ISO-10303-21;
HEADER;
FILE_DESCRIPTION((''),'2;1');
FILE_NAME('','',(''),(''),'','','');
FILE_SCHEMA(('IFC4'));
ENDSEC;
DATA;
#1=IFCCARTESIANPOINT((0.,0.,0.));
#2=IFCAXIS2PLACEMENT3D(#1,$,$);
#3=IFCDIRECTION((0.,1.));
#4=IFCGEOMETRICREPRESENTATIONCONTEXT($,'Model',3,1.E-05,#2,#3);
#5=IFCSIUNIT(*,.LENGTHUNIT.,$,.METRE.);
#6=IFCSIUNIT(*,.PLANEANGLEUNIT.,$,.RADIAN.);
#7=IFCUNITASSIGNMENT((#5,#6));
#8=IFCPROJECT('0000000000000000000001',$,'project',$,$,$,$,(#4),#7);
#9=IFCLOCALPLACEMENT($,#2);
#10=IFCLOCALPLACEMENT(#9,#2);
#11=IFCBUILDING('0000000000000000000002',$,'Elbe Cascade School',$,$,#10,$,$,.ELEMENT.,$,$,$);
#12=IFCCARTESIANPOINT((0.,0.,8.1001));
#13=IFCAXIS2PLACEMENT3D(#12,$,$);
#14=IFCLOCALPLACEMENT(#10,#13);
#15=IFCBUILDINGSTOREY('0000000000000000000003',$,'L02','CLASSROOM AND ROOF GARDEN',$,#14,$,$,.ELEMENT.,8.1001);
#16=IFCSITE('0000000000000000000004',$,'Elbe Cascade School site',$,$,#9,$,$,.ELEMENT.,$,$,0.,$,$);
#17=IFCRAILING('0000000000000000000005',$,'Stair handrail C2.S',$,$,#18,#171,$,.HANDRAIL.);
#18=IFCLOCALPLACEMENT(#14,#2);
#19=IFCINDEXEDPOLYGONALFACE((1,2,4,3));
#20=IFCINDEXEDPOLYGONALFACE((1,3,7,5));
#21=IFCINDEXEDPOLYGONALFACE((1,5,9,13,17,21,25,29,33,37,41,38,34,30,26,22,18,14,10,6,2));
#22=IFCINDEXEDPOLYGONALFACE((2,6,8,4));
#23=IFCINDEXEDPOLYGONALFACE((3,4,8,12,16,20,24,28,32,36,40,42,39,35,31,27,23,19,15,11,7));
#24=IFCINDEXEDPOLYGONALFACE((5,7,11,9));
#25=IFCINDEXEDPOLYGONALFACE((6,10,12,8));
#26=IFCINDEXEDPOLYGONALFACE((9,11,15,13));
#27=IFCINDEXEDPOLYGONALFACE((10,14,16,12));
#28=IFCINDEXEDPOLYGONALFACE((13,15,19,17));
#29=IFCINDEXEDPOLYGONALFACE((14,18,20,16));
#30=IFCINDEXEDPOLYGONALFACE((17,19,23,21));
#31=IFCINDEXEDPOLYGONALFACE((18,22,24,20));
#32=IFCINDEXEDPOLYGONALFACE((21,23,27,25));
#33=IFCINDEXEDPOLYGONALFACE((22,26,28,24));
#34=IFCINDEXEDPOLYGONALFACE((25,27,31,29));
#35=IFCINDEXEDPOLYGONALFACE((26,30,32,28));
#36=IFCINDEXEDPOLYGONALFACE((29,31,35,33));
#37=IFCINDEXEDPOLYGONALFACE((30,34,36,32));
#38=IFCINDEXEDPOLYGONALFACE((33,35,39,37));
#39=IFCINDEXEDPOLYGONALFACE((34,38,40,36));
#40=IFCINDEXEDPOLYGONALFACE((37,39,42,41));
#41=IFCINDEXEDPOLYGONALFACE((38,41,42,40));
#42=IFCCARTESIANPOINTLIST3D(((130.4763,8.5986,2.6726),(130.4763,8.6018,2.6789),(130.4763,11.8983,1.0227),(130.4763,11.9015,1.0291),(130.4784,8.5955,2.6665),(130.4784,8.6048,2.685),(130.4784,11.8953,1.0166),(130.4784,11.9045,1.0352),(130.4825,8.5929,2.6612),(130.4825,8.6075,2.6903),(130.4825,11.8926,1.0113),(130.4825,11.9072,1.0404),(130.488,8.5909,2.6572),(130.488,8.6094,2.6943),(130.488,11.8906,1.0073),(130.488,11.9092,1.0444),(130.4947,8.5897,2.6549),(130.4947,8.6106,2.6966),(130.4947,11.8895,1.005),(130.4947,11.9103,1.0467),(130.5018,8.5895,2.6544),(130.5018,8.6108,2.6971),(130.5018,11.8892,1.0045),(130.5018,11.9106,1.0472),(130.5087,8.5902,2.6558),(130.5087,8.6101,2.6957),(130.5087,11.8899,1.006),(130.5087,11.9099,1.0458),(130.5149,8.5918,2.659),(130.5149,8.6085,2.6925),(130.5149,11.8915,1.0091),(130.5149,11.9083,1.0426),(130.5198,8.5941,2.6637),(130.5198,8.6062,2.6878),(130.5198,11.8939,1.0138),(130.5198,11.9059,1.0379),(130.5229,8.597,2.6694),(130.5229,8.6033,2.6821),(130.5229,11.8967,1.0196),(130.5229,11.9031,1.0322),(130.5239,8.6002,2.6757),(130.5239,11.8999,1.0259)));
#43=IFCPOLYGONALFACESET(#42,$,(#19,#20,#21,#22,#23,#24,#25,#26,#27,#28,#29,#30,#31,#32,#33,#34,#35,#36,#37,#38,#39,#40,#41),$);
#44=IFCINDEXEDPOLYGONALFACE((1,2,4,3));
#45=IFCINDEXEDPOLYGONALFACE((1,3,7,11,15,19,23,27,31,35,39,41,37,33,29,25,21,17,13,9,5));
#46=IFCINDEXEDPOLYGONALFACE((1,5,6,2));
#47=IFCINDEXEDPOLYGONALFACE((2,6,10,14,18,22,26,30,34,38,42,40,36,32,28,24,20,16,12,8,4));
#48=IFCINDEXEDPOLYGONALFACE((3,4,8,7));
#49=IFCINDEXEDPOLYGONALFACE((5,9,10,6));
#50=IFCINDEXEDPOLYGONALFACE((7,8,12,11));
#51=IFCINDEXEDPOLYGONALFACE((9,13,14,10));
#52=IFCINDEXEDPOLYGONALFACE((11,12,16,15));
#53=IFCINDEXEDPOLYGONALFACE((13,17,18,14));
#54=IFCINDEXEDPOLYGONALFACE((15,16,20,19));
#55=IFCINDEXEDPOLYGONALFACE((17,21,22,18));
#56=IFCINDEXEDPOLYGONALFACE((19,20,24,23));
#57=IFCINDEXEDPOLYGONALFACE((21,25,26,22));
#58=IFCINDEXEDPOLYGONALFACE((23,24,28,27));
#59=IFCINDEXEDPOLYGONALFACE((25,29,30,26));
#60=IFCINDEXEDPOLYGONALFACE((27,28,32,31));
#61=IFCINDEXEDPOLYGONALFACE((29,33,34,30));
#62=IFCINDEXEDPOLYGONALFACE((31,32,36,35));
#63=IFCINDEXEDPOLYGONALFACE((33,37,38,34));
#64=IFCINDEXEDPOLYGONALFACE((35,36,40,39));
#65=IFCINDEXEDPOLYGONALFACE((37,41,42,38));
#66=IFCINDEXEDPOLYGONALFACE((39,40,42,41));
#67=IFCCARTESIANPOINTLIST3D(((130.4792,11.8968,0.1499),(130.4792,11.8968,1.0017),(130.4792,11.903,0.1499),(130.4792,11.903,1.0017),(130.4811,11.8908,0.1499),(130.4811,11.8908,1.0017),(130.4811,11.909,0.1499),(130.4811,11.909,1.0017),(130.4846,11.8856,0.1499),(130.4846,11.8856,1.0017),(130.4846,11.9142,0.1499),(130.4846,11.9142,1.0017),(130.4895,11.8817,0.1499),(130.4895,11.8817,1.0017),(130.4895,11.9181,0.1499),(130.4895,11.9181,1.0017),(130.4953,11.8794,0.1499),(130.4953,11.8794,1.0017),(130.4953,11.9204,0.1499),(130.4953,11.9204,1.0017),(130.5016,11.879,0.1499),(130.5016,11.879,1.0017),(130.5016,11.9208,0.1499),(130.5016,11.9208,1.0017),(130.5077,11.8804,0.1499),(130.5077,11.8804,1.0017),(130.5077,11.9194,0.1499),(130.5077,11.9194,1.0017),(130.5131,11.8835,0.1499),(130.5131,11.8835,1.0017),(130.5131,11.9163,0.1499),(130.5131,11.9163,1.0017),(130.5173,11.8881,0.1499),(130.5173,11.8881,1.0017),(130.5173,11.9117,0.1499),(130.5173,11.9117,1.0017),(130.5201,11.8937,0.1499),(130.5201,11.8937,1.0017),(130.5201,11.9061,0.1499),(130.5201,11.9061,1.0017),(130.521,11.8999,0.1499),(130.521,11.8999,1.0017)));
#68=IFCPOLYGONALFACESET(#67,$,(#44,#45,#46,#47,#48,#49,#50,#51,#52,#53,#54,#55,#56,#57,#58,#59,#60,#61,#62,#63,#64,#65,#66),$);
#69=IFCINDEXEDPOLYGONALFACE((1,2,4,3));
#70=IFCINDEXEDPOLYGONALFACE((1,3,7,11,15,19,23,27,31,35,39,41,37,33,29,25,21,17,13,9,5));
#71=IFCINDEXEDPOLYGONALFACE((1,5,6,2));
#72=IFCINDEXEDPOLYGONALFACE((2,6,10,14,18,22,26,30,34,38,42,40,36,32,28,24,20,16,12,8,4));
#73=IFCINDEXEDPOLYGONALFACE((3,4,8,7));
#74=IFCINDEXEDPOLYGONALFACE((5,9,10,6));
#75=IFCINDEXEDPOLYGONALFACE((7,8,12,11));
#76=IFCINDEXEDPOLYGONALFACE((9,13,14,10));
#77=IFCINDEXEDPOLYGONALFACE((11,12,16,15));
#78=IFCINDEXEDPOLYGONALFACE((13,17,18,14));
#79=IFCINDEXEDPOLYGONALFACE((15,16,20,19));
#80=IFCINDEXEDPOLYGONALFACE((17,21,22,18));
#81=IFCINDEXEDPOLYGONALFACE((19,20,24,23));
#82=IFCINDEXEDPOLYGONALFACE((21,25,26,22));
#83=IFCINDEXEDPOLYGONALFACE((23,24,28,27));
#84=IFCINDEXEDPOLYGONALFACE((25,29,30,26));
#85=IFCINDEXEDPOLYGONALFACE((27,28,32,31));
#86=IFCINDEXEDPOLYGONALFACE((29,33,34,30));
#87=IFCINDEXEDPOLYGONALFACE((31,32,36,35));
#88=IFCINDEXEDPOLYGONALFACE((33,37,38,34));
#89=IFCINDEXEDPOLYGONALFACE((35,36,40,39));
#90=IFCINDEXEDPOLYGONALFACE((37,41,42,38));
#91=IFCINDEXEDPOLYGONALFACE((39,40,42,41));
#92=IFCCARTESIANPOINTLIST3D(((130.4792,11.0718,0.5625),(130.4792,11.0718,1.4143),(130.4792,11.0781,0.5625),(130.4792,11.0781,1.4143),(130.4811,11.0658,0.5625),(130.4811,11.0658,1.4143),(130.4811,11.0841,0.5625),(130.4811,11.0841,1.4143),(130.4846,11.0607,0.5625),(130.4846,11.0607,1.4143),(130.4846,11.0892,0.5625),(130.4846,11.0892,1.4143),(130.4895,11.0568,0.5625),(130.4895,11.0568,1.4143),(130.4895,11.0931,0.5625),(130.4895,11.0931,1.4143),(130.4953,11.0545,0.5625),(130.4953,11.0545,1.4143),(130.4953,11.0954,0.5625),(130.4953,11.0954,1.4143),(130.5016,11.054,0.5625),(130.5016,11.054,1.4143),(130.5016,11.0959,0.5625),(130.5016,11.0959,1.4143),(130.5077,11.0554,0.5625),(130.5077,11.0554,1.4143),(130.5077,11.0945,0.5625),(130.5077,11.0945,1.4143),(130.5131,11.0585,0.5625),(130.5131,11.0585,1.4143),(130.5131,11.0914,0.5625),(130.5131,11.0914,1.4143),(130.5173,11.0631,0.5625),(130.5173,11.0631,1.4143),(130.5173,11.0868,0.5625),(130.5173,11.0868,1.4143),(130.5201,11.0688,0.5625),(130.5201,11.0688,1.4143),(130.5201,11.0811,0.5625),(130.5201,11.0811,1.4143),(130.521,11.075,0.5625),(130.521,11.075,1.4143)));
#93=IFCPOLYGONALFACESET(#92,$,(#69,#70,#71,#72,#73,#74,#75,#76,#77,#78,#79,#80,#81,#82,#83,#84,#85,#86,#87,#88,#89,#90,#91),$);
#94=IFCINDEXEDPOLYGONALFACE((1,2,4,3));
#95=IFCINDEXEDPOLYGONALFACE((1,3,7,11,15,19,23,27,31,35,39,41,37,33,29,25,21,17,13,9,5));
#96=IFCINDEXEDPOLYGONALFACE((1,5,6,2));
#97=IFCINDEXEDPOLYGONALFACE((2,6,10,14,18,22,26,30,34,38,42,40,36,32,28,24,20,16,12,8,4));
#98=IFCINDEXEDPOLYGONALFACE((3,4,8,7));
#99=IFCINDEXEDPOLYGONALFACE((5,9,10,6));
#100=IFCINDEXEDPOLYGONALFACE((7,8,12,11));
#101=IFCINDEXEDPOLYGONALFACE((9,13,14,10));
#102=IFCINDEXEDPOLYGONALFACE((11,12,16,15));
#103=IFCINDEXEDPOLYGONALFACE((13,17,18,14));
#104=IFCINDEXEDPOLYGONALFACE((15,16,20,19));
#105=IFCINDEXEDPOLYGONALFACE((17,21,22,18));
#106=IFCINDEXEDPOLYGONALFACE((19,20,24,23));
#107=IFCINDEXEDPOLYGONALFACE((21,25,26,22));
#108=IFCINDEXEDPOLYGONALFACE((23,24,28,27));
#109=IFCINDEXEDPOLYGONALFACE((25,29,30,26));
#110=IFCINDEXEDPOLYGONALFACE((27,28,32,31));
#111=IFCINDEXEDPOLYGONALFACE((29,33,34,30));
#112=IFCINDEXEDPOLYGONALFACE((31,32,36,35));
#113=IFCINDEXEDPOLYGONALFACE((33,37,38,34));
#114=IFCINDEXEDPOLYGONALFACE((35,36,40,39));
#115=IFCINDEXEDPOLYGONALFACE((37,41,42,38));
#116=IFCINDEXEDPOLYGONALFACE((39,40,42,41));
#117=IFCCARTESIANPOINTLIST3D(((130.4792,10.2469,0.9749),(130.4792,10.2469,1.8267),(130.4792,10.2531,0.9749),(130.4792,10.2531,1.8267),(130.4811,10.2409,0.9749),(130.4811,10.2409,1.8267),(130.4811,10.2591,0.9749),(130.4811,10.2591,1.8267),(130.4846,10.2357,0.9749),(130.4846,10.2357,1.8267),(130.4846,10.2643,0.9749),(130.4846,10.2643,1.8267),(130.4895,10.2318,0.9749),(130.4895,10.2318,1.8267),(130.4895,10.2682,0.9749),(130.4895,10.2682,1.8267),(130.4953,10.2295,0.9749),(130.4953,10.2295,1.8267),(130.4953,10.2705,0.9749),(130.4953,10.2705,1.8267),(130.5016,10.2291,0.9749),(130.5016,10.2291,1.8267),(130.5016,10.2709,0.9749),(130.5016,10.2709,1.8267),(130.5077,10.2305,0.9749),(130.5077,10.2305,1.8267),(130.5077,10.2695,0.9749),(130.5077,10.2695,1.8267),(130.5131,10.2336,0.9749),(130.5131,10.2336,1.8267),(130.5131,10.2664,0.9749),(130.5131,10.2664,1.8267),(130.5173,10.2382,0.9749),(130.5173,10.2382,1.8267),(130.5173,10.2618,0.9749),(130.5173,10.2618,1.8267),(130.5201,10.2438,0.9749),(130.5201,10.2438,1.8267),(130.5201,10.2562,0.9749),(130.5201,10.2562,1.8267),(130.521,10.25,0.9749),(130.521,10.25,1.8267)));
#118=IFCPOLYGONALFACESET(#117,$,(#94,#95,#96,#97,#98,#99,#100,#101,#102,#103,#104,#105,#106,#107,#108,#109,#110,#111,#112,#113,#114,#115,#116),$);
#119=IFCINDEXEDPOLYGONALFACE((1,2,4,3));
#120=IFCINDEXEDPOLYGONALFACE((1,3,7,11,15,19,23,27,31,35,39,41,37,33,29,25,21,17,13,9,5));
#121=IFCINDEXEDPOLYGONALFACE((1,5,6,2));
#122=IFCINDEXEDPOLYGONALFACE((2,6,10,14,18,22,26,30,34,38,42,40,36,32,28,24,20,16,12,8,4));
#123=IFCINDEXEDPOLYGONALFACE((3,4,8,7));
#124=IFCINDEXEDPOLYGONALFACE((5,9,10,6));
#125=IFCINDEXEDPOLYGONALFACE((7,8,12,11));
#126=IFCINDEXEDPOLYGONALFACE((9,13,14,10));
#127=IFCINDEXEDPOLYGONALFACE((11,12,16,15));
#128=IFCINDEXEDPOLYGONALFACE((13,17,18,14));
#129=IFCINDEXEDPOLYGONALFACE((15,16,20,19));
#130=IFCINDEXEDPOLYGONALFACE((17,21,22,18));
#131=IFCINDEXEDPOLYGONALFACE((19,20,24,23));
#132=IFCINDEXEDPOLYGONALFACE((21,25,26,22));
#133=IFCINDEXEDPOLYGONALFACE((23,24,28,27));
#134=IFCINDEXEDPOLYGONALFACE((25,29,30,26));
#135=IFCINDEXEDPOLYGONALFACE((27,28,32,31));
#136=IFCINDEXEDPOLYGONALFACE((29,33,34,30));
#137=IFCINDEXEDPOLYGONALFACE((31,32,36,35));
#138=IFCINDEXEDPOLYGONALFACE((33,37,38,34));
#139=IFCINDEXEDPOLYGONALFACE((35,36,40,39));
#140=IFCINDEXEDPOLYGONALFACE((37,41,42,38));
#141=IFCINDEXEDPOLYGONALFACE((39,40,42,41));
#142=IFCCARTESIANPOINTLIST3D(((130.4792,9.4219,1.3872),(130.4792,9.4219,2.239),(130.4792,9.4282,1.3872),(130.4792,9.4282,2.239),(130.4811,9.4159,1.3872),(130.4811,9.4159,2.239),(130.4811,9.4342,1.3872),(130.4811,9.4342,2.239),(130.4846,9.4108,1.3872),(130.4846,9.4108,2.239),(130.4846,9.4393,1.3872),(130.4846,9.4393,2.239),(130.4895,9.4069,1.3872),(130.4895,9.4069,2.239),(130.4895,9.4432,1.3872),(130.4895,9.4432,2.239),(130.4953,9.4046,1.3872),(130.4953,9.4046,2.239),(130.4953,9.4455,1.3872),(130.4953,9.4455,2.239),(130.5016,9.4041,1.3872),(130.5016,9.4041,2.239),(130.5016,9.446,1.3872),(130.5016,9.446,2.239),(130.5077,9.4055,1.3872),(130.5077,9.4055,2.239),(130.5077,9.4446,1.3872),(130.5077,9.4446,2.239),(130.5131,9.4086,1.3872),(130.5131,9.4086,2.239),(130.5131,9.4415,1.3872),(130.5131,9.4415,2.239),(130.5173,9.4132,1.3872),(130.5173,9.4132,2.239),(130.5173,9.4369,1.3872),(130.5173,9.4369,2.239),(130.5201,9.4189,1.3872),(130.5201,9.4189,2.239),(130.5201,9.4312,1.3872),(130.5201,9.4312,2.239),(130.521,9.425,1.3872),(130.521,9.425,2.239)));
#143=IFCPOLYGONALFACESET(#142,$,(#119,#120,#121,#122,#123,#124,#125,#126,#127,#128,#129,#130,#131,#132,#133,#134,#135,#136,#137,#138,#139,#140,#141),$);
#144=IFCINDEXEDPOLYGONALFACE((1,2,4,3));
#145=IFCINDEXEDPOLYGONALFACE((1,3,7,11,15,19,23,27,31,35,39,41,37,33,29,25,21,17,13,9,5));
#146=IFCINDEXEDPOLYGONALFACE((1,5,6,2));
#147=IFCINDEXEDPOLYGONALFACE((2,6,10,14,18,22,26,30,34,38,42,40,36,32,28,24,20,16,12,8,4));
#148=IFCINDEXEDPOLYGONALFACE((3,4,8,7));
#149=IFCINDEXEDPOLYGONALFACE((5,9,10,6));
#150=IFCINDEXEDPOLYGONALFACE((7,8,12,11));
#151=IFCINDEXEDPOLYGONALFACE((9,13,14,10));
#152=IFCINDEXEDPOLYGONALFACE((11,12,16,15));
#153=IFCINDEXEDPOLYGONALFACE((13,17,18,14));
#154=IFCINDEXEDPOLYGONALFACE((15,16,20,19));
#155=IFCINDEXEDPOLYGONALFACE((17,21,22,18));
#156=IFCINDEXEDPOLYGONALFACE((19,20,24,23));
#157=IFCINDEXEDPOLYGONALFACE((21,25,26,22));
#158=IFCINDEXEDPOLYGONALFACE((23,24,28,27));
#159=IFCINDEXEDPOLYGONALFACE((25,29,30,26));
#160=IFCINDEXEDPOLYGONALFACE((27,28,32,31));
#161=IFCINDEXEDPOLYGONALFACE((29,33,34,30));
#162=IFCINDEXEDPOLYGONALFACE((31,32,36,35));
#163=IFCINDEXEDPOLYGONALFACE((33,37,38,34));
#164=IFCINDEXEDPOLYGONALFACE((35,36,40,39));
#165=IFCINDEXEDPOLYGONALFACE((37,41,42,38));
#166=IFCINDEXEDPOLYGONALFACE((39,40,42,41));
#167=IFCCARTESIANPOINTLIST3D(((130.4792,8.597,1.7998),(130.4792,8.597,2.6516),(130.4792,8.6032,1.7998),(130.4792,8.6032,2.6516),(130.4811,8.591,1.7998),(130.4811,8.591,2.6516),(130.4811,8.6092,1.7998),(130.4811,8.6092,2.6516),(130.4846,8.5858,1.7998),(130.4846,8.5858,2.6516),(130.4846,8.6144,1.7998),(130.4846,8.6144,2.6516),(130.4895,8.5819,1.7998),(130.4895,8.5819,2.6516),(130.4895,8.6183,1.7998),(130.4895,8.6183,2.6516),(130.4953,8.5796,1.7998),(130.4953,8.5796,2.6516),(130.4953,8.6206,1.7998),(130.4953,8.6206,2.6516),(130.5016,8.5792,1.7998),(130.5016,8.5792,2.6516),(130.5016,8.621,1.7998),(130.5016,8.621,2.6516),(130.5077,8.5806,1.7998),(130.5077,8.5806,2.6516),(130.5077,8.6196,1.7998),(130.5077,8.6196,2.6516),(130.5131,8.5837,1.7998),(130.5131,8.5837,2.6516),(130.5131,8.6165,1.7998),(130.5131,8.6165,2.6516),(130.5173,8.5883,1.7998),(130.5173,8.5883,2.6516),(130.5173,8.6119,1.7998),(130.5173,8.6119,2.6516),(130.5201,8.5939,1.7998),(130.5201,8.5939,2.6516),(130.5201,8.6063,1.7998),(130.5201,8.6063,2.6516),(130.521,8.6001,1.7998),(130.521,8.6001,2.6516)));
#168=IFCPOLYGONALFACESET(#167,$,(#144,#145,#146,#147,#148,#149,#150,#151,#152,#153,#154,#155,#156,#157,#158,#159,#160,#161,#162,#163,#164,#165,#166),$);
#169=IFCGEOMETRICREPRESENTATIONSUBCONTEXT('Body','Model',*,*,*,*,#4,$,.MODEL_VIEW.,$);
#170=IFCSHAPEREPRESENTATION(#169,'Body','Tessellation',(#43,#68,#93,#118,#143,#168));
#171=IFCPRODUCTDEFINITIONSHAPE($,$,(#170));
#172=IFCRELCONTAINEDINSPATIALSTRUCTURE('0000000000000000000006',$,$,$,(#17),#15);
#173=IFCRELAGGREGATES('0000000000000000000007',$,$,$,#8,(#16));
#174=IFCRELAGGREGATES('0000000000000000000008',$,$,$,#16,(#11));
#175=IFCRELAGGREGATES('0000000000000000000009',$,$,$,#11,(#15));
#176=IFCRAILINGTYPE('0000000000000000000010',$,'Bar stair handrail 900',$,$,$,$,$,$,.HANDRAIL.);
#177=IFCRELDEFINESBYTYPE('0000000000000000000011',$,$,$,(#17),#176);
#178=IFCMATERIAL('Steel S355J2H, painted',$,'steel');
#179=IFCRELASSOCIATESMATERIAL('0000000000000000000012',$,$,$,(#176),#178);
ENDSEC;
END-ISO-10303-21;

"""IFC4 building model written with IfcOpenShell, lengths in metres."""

from ifc_helpers import new_model, si_unit, direction, frame, origin, origin_2d, place, context, subcontext, project, spatial, circle, extrude, material, type_object, element, save


model = new_model("IFC4")

# Units and contexts
model_context = context("Model", 3, precision=1e-05, world=origin(), true_north=direction((0.0, 1.0)))
body_context = subcontext(model_context, "Body", "Model", "MODEL_VIEW")
ifc_project = project(units=[si_unit("LENGTHUNIT", "METRE"), si_unit("PLANEANGLEUNIT", "RADIAN")], contexts=[model_context])

# Site, building, storey
site_placement = place(None, origin())
site = spatial("IfcSite", under=ifc_project, at=site_placement, Name="Elbe Cascade School site", CompositionType="ELEMENT", RefElevation=0.0)
building_placement = place(site_placement, origin())
building = spatial("IfcBuilding", under=site, at=building_placement, Name="Elbe Cascade School", CompositionType="ELEMENT")
storey_placement = place(building_placement, frame((0.0, 0.0, 8.1001)))
storey = spatial("IfcBuildingStorey", under=building, at=storey_placement, Name="L02", Description="CLASSROOM AND ROOF GARDEN", CompositionType="ELEMENT", Elevation=8.1001)

# Railing
ifc_material_1 = material(Name="Steel S355J2H, painted", Category="steel")
railing_type_1 = type_object("IfcRailingType", Name="Bar stair handrail 900", PredefinedType="HANDRAIL", material=ifc_material_1)
railing_1_placement = place(storey_placement, frame((130.5, 11.8999, 0.1499)))
element("IfcRailing", 1, at=railing_1_placement, inside=storey, type_object=railing_type_1, Name="Stair handrail C2.S", PredefinedType="HANDRAIL", context=body_context, shape_type="SweptSolid", body=[
    extrude(circle(Radius=0.0239, at=origin_2d()), frame((0.0, 0.0, 0.876), z_axis=(0.0, -0.894427, 0.447214), x_axis=(1.0, 0.0, 0.0)), (0.0, 0.0, 1.0), 3.6892),
    extrude(circle(Radius=0.021, at=origin_2d()), origin(), (0.0, 0.0, 1.0), 0.8518),
    extrude(circle(Radius=0.021, at=origin_2d()), frame((0.0, -0.825, 0.4126)), (0.0, 0.0, 1.0), 0.8518),
    extrude(circle(Radius=0.021, at=origin_2d()), frame((0.0, -1.6499, 0.825)), (0.0, 0.0, 1.0), 0.8518),
    extrude(circle(Radius=0.021, at=origin_2d()), frame((0.0, -2.4749, 1.2373)), (0.0, 0.0, 1.0), 0.8518),
    extrude(circle(Radius=0.021, at=origin_2d()), frame((0.0, -3.2998, 1.6499)), (0.0, 0.0, 1.0), 0.8518),
])

save(model, "model.ifc")
